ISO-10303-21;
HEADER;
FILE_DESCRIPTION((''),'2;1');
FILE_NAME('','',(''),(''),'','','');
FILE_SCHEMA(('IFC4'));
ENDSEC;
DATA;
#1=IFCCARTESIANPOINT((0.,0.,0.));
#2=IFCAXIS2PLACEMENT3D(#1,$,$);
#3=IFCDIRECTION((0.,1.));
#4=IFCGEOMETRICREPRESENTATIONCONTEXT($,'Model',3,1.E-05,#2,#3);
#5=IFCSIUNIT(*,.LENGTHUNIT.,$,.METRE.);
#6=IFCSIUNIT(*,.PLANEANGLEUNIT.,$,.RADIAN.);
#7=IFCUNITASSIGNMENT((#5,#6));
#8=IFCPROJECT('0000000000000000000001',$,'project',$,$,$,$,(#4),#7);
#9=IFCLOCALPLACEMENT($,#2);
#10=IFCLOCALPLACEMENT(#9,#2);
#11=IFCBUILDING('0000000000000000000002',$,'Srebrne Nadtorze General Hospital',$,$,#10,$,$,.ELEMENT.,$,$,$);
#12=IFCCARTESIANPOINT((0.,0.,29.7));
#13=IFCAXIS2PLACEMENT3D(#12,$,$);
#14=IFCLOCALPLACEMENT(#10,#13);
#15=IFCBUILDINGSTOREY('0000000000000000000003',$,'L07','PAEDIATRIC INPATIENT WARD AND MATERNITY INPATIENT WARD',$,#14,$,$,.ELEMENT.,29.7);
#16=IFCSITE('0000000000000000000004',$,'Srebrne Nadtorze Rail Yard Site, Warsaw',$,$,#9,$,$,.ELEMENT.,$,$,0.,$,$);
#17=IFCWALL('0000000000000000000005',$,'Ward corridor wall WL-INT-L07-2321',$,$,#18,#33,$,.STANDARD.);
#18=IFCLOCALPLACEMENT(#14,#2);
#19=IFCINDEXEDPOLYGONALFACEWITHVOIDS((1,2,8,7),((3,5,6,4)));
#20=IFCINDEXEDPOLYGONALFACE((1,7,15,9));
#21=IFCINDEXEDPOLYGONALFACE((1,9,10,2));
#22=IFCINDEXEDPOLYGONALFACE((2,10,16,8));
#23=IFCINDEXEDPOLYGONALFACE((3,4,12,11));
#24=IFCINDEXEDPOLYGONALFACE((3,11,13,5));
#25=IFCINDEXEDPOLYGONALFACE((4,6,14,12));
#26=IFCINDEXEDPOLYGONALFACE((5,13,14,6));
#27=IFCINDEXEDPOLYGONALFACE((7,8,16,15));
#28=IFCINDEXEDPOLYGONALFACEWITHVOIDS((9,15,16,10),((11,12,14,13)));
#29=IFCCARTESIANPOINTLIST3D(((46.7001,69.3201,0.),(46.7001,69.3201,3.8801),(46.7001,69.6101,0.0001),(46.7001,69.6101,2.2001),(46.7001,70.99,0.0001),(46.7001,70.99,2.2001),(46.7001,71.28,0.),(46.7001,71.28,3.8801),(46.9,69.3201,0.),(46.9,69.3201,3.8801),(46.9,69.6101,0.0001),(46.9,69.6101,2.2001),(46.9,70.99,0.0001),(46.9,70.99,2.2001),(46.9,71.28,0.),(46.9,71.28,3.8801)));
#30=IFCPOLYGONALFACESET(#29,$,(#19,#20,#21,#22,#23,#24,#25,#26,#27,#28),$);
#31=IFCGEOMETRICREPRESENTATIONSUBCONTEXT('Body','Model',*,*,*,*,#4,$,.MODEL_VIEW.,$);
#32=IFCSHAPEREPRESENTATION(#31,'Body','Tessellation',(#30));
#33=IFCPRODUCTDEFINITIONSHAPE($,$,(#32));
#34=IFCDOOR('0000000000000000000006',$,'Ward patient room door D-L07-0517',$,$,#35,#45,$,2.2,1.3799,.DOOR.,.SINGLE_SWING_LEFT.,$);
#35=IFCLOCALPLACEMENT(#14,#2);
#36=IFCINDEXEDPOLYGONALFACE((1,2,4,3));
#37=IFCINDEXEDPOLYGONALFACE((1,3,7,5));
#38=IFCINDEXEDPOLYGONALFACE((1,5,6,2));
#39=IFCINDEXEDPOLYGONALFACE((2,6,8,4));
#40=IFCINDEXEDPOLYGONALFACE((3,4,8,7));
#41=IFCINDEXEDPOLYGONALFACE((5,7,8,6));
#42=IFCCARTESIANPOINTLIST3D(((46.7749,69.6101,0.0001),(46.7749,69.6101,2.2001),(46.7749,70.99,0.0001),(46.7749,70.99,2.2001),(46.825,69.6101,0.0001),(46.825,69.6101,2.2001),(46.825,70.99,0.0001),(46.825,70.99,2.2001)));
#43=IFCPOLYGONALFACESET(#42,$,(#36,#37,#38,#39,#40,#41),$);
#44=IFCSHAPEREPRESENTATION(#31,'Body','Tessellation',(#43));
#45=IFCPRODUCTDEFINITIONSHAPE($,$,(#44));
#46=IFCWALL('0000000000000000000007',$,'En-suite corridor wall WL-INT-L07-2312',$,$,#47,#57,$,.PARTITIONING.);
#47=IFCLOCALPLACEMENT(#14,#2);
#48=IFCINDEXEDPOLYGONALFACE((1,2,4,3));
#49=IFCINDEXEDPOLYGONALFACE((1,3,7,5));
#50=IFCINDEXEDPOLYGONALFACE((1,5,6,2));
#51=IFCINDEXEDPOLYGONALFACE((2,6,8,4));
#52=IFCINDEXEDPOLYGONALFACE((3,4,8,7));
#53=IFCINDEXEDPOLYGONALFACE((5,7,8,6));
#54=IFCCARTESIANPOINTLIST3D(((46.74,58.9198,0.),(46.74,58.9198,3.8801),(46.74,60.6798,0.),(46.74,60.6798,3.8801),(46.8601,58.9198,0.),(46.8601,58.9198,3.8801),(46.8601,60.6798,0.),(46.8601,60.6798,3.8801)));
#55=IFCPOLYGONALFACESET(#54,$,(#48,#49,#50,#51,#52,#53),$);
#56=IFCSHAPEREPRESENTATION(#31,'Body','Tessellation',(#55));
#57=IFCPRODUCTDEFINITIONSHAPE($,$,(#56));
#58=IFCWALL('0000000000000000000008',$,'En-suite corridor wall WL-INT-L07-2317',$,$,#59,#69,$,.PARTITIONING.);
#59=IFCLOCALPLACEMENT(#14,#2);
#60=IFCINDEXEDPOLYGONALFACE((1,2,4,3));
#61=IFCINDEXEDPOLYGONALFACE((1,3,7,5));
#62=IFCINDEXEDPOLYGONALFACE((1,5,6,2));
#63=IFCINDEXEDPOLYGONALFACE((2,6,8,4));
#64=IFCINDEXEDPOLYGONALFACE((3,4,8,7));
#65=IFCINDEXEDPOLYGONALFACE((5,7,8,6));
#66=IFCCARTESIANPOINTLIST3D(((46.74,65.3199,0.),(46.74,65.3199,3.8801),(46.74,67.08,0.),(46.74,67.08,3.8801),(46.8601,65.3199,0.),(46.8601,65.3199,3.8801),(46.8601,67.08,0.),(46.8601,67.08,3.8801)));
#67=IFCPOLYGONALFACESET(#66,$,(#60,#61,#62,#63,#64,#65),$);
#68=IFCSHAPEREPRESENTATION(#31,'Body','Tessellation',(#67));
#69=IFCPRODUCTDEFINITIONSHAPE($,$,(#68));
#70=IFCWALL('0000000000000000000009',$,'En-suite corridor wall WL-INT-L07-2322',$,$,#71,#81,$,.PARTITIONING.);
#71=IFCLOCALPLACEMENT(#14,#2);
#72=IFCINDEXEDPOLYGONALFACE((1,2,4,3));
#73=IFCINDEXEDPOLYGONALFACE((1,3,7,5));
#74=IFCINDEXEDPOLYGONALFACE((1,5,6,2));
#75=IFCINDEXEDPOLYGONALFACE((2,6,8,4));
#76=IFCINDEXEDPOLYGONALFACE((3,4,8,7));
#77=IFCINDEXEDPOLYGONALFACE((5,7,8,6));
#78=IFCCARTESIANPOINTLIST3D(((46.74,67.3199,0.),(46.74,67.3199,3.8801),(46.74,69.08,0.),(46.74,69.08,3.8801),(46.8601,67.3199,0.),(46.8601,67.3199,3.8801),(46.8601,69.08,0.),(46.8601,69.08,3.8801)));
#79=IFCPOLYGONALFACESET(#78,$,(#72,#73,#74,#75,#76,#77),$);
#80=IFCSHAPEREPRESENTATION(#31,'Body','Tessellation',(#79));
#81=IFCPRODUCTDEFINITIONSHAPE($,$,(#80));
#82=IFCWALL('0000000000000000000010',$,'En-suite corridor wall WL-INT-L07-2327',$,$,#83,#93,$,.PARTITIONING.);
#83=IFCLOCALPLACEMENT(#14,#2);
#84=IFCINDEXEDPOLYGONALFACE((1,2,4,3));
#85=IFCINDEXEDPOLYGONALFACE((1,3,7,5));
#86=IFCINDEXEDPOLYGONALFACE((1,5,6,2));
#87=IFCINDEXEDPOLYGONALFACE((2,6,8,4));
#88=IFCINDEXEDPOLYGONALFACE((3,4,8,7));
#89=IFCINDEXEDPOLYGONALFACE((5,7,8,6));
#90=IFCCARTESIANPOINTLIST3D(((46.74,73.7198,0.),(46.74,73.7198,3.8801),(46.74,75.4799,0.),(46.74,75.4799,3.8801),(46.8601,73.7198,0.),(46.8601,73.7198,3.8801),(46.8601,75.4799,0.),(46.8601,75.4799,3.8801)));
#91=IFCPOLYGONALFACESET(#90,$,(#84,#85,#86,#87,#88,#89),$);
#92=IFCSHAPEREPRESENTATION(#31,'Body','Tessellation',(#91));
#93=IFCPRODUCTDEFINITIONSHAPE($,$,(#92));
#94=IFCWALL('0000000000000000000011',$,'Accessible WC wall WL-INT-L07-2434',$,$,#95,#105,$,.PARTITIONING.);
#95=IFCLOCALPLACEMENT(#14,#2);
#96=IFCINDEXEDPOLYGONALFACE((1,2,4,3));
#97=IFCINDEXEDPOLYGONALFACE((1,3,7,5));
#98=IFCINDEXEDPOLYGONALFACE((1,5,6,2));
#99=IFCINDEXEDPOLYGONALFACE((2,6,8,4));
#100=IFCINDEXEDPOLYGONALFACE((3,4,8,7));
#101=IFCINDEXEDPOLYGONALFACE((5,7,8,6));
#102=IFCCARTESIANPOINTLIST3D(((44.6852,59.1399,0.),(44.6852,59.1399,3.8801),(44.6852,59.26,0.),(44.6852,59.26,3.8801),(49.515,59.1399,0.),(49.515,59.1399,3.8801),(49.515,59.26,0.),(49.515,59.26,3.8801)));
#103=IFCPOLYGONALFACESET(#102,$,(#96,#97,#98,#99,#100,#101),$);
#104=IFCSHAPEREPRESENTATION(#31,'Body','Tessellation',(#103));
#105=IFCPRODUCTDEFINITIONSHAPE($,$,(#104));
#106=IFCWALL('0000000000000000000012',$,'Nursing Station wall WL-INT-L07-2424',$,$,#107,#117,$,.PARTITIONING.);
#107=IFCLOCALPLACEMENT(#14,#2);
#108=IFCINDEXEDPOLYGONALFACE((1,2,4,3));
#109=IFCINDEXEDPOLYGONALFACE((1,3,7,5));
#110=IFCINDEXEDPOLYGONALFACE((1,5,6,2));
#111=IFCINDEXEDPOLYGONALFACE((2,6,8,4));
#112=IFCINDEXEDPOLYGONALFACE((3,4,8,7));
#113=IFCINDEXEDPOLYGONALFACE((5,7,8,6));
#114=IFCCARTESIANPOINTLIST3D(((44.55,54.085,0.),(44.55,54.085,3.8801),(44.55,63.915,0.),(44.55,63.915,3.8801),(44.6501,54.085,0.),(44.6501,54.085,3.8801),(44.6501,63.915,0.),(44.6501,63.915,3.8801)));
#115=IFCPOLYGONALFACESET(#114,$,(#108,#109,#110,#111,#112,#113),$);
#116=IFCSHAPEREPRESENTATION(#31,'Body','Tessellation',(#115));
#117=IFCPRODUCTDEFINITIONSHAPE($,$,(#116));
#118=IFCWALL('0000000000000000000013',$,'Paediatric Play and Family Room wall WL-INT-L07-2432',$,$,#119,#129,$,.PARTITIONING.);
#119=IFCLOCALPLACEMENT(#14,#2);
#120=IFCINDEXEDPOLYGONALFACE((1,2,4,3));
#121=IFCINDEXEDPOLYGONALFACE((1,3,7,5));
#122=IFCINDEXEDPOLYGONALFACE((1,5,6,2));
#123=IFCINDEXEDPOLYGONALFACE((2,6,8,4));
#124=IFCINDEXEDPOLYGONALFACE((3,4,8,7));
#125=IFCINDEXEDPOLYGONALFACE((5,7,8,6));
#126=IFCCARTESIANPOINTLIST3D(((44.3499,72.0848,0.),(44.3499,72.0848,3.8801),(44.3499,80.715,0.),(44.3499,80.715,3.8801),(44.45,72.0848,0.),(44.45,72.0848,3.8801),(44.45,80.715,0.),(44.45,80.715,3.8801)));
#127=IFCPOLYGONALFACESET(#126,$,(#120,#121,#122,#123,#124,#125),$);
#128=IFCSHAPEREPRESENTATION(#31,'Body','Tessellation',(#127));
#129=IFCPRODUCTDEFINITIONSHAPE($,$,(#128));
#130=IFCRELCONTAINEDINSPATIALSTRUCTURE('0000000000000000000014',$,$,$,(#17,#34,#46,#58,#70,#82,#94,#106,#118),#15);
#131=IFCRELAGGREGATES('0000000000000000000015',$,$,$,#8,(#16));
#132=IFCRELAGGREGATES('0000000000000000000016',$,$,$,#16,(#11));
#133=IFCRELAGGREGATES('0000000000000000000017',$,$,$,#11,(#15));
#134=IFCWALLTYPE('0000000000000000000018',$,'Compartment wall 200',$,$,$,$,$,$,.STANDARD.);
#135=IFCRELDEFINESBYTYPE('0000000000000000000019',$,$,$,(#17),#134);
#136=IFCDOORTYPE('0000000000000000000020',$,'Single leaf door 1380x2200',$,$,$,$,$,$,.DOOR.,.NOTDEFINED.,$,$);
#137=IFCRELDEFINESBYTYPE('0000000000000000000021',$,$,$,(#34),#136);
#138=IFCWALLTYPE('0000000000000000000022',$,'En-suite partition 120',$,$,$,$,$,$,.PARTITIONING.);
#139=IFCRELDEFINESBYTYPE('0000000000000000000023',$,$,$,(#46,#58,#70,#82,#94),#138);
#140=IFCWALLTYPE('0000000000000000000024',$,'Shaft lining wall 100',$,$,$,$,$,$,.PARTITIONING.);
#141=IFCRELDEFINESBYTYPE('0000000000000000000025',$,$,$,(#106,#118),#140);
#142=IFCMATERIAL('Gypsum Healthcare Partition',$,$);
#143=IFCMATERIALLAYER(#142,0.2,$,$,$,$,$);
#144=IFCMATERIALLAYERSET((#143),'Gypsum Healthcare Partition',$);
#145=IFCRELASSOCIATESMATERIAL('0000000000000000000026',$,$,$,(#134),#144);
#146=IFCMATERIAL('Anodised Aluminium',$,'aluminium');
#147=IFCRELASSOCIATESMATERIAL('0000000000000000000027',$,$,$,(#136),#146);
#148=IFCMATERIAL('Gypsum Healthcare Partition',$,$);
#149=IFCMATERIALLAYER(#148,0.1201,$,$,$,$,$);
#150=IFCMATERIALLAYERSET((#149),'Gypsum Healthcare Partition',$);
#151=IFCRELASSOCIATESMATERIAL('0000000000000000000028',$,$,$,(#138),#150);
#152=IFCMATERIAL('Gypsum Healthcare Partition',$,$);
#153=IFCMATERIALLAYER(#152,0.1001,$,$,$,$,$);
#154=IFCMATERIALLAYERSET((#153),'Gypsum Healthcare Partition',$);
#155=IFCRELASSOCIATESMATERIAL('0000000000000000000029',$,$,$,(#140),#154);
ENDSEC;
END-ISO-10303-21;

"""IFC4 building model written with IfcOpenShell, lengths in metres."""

from ifc_helpers import new_model, si_unit, direction, frame, frame_2d, origin, place, context, subcontext, project, spatial, rectangle, extrude, material, layer, layer_set, type_object, element, fill, save


model = new_model("IFC4")

# Units and contexts
model_context = context("Model", 3, precision=1e-05, world=origin(), true_north=direction((0.0, 1.0)))
body_context = subcontext(model_context, "Body", "Model", "MODEL_VIEW")
ifc_project = project(units=[si_unit("LENGTHUNIT", "METRE"), si_unit("PLANEANGLEUNIT", "RADIAN")], contexts=[model_context])

# Site, building, storey
site_placement = place(None, origin())
site = spatial("IfcSite", under=ifc_project, at=site_placement, Name="Srebrne Nadtorze Rail Yard Site, Warsaw", CompositionType="ELEMENT", RefElevation=0.0)
building_placement = place(site_placement, origin())
building = spatial("IfcBuilding", under=site, at=building_placement, Name="Srebrne Nadtorze General Hospital", CompositionType="ELEMENT")
storey_placement = place(building_placement, frame((0.0, 0.0, 29.7)))
storey = spatial("IfcBuildingStorey", under=building, at=storey_placement, Name="L07", Description="PAEDIATRIC INPATIENT WARD AND MATERNITY INPATIENT WARD", CompositionType="ELEMENT", Elevation=29.7)

# Wall, opening, door
ifc_material_1 = material(Name="Gypsum Healthcare Partition")
ifc_layer_1 = layer(ifc_material_1, 0.2)
ifc_layer_set_1 = layer_set([ifc_layer_1], Name="Gypsum Healthcare Partition")
wall_type_1 = type_object("IfcWallType", Name="Compartment wall 200", PredefinedType="STANDARD", material=ifc_layer_set_1)
wall_1_placement = place(storey_placement, frame((46.8, 69.3201, 0.0), z_axis=(0.0, 0.0, 1.0), x_axis=(0.0, 1.0, 0.0)))
wall_1 = element("IfcWall", 1, at=wall_1_placement, inside=storey, type_object=wall_type_1, Name="Ward corridor wall WL-INT-L07-2321", PredefinedType="STANDARD", context=body_context, shape_type="SweptSolid", body=[
    extrude(rectangle(XDim=1.96, YDim=0.2, at=frame_2d((0.98, 0.0))), origin(), (0.0, 0.0, 1.0), 3.8801),
])
opening_1_placement = place(wall_1_placement, frame((0.29, 0.0, 0.0)))
opening_1 = element("IfcOpeningElement", 2, at=opening_1_placement, cuts=wall_1, PredefinedType="OPENING", context=body_context, shape_type="SweptSolid", body=[
    extrude(rectangle(XDim=1.3799, YDim=2.2, at=frame_2d((0.6899, 1.1001))), frame((0.0, 0.1118, 0.0), z_axis=(0.0, -1.0, 0.0), x_axis=(1.0, 0.0, 0.0)), (0.0, 0.0, 1.0), 0.2239),
])
ifc_material_2 = material(Name="Anodised Aluminium", Category="aluminium")
door_type_1 = type_object("IfcDoorType", Name="Single leaf door 1380x2200", OperationType="NOTDEFINED", PredefinedType="DOOR", material=ifc_material_2)
door_1_placement = place(opening_1_placement, frame((1.3799, 0.0, 0.0), z_axis=(0.0, 0.0, 1.0), x_axis=(-1.0, 0.0, 0.0)))
door_1 = element("IfcDoor", 3, at=door_1_placement, inside=storey, type_object=door_type_1, Name="Ward patient room door D-L07-0517", OperationType="SINGLE_SWING_LEFT", OverallHeight=2.2, OverallWidth=1.3799, PredefinedType="DOOR", context=body_context, shape_type="SweptSolid", body=[
    extrude(rectangle(XDim=1.3799, YDim=2.2, at=frame_2d((0.6899, 1.1001))), frame((0.0, 0.0249, 0.0), z_axis=(0.0, -1.0, 0.0), x_axis=(1.0, 0.0, 0.0)), (0.0, 0.0, 1.0), 0.05),
])
fill(opening_1, door_1)

# Walls
ifc_material_3 = material(Name="Gypsum Healthcare Partition")
ifc_layer_2 = layer(ifc_material_3, 0.1201)
ifc_layer_set_2 = layer_set([ifc_layer_2], Name="Gypsum Healthcare Partition")
wall_type_2 = type_object("IfcWallType", Name="En-suite partition 120", PredefinedType="PARTITIONING", material=ifc_layer_set_2)
for number, where, z_axis, x_axis, name in (
    (4, (46.8, 58.9199, 0.0), (0.0, 0.0, 1.0), (0.0, 1.0, 0.0), "En-suite corridor wall WL-INT-L07-2312"),
    (5, (46.8, 65.3201, 0.0), (0.0, 0.0, 1.0), (0.0, 1.0, 0.0), "En-suite corridor wall WL-INT-L07-2317"),
    (6, (46.8, 67.3201, 0.0), (0.0, 0.0, 1.0), (0.0, 1.0, 0.0), "En-suite corridor wall WL-INT-L07-2322"),
    (7, (46.8, 73.72, 0.0), (0.0, 0.0, 1.0), (0.0, 1.0, 0.0), "En-suite corridor wall WL-INT-L07-2327"),
):
    element("IfcWall", number, at=place(storey_placement, frame(where, z_axis=z_axis, x_axis=x_axis)), inside=storey, type_object=wall_type_2, Name=name, PredefinedType="PARTITIONING", context=body_context, shape_type="SweptSolid", body=[
        extrude(rectangle(XDim=1.76, YDim=0.1201, at=frame_2d((0.8799, 0.0))), origin(), (0.0, 0.0, 1.0), 3.8801),
    ])
wall_2_placement = place(storey_placement, frame((44.6851, 59.2, 0.0), z_axis=(0.0, 0.0, 1.0), x_axis=(1.0, 0.0, 0.0)))
element("IfcWall", 8, at=wall_2_placement, inside=storey, type_object=wall_type_2, Name="Accessible WC wall WL-INT-L07-2434", PredefinedType="PARTITIONING", context=body_context, shape_type="SweptSolid", body=[
    extrude(rectangle(XDim=4.8298, YDim=0.1201, at=frame_2d((2.415, 0.0))), origin(), (0.0, 0.0, 1.0), 3.8801),
])
ifc_material_4 = material(Name="Gypsum Healthcare Partition")
ifc_layer_3 = layer(ifc_material_4, 0.1001)
ifc_layer_set_3 = layer_set([ifc_layer_3], Name="Gypsum Healthcare Partition")
wall_type_3 = type_object("IfcWallType", Name="Shaft lining wall 100", PredefinedType="PARTITIONING", material=ifc_layer_set_3)
wall_3_placement = place(storey_placement, frame((44.6001, 54.085, 0.0), z_axis=(0.0, 0.0, 1.0), x_axis=(0.0, 1.0, 0.0)))
element("IfcWall", 9, at=wall_3_placement, inside=storey, type_object=wall_type_3, Name="Nursing Station wall WL-INT-L07-2424", PredefinedType="PARTITIONING", context=body_context, shape_type="SweptSolid", body=[
    extrude(rectangle(XDim=9.8301, YDim=0.1001, at=frame_2d((4.915, 0.0))), origin(), (0.0, 0.0, 1.0), 3.8801),
])
wall_4_placement = place(storey_placement, frame((44.3999, 72.085, 0.0), z_axis=(0.0, 0.0, 1.0), x_axis=(0.0, 1.0, 0.0)))
element("IfcWall", 10, at=wall_4_placement, inside=storey, type_object=wall_type_3, Name="Paediatric Play and Family Room wall WL-INT-L07-2432", PredefinedType="PARTITIONING", context=body_context, shape_type="SweptSolid", body=[
    extrude(rectangle(XDim=8.6301, YDim=0.1001, at=frame_2d((4.3149, 0.0))), origin(), (0.0, 0.0, 1.0), 3.8801),
])

save(model, "model.ifc")
